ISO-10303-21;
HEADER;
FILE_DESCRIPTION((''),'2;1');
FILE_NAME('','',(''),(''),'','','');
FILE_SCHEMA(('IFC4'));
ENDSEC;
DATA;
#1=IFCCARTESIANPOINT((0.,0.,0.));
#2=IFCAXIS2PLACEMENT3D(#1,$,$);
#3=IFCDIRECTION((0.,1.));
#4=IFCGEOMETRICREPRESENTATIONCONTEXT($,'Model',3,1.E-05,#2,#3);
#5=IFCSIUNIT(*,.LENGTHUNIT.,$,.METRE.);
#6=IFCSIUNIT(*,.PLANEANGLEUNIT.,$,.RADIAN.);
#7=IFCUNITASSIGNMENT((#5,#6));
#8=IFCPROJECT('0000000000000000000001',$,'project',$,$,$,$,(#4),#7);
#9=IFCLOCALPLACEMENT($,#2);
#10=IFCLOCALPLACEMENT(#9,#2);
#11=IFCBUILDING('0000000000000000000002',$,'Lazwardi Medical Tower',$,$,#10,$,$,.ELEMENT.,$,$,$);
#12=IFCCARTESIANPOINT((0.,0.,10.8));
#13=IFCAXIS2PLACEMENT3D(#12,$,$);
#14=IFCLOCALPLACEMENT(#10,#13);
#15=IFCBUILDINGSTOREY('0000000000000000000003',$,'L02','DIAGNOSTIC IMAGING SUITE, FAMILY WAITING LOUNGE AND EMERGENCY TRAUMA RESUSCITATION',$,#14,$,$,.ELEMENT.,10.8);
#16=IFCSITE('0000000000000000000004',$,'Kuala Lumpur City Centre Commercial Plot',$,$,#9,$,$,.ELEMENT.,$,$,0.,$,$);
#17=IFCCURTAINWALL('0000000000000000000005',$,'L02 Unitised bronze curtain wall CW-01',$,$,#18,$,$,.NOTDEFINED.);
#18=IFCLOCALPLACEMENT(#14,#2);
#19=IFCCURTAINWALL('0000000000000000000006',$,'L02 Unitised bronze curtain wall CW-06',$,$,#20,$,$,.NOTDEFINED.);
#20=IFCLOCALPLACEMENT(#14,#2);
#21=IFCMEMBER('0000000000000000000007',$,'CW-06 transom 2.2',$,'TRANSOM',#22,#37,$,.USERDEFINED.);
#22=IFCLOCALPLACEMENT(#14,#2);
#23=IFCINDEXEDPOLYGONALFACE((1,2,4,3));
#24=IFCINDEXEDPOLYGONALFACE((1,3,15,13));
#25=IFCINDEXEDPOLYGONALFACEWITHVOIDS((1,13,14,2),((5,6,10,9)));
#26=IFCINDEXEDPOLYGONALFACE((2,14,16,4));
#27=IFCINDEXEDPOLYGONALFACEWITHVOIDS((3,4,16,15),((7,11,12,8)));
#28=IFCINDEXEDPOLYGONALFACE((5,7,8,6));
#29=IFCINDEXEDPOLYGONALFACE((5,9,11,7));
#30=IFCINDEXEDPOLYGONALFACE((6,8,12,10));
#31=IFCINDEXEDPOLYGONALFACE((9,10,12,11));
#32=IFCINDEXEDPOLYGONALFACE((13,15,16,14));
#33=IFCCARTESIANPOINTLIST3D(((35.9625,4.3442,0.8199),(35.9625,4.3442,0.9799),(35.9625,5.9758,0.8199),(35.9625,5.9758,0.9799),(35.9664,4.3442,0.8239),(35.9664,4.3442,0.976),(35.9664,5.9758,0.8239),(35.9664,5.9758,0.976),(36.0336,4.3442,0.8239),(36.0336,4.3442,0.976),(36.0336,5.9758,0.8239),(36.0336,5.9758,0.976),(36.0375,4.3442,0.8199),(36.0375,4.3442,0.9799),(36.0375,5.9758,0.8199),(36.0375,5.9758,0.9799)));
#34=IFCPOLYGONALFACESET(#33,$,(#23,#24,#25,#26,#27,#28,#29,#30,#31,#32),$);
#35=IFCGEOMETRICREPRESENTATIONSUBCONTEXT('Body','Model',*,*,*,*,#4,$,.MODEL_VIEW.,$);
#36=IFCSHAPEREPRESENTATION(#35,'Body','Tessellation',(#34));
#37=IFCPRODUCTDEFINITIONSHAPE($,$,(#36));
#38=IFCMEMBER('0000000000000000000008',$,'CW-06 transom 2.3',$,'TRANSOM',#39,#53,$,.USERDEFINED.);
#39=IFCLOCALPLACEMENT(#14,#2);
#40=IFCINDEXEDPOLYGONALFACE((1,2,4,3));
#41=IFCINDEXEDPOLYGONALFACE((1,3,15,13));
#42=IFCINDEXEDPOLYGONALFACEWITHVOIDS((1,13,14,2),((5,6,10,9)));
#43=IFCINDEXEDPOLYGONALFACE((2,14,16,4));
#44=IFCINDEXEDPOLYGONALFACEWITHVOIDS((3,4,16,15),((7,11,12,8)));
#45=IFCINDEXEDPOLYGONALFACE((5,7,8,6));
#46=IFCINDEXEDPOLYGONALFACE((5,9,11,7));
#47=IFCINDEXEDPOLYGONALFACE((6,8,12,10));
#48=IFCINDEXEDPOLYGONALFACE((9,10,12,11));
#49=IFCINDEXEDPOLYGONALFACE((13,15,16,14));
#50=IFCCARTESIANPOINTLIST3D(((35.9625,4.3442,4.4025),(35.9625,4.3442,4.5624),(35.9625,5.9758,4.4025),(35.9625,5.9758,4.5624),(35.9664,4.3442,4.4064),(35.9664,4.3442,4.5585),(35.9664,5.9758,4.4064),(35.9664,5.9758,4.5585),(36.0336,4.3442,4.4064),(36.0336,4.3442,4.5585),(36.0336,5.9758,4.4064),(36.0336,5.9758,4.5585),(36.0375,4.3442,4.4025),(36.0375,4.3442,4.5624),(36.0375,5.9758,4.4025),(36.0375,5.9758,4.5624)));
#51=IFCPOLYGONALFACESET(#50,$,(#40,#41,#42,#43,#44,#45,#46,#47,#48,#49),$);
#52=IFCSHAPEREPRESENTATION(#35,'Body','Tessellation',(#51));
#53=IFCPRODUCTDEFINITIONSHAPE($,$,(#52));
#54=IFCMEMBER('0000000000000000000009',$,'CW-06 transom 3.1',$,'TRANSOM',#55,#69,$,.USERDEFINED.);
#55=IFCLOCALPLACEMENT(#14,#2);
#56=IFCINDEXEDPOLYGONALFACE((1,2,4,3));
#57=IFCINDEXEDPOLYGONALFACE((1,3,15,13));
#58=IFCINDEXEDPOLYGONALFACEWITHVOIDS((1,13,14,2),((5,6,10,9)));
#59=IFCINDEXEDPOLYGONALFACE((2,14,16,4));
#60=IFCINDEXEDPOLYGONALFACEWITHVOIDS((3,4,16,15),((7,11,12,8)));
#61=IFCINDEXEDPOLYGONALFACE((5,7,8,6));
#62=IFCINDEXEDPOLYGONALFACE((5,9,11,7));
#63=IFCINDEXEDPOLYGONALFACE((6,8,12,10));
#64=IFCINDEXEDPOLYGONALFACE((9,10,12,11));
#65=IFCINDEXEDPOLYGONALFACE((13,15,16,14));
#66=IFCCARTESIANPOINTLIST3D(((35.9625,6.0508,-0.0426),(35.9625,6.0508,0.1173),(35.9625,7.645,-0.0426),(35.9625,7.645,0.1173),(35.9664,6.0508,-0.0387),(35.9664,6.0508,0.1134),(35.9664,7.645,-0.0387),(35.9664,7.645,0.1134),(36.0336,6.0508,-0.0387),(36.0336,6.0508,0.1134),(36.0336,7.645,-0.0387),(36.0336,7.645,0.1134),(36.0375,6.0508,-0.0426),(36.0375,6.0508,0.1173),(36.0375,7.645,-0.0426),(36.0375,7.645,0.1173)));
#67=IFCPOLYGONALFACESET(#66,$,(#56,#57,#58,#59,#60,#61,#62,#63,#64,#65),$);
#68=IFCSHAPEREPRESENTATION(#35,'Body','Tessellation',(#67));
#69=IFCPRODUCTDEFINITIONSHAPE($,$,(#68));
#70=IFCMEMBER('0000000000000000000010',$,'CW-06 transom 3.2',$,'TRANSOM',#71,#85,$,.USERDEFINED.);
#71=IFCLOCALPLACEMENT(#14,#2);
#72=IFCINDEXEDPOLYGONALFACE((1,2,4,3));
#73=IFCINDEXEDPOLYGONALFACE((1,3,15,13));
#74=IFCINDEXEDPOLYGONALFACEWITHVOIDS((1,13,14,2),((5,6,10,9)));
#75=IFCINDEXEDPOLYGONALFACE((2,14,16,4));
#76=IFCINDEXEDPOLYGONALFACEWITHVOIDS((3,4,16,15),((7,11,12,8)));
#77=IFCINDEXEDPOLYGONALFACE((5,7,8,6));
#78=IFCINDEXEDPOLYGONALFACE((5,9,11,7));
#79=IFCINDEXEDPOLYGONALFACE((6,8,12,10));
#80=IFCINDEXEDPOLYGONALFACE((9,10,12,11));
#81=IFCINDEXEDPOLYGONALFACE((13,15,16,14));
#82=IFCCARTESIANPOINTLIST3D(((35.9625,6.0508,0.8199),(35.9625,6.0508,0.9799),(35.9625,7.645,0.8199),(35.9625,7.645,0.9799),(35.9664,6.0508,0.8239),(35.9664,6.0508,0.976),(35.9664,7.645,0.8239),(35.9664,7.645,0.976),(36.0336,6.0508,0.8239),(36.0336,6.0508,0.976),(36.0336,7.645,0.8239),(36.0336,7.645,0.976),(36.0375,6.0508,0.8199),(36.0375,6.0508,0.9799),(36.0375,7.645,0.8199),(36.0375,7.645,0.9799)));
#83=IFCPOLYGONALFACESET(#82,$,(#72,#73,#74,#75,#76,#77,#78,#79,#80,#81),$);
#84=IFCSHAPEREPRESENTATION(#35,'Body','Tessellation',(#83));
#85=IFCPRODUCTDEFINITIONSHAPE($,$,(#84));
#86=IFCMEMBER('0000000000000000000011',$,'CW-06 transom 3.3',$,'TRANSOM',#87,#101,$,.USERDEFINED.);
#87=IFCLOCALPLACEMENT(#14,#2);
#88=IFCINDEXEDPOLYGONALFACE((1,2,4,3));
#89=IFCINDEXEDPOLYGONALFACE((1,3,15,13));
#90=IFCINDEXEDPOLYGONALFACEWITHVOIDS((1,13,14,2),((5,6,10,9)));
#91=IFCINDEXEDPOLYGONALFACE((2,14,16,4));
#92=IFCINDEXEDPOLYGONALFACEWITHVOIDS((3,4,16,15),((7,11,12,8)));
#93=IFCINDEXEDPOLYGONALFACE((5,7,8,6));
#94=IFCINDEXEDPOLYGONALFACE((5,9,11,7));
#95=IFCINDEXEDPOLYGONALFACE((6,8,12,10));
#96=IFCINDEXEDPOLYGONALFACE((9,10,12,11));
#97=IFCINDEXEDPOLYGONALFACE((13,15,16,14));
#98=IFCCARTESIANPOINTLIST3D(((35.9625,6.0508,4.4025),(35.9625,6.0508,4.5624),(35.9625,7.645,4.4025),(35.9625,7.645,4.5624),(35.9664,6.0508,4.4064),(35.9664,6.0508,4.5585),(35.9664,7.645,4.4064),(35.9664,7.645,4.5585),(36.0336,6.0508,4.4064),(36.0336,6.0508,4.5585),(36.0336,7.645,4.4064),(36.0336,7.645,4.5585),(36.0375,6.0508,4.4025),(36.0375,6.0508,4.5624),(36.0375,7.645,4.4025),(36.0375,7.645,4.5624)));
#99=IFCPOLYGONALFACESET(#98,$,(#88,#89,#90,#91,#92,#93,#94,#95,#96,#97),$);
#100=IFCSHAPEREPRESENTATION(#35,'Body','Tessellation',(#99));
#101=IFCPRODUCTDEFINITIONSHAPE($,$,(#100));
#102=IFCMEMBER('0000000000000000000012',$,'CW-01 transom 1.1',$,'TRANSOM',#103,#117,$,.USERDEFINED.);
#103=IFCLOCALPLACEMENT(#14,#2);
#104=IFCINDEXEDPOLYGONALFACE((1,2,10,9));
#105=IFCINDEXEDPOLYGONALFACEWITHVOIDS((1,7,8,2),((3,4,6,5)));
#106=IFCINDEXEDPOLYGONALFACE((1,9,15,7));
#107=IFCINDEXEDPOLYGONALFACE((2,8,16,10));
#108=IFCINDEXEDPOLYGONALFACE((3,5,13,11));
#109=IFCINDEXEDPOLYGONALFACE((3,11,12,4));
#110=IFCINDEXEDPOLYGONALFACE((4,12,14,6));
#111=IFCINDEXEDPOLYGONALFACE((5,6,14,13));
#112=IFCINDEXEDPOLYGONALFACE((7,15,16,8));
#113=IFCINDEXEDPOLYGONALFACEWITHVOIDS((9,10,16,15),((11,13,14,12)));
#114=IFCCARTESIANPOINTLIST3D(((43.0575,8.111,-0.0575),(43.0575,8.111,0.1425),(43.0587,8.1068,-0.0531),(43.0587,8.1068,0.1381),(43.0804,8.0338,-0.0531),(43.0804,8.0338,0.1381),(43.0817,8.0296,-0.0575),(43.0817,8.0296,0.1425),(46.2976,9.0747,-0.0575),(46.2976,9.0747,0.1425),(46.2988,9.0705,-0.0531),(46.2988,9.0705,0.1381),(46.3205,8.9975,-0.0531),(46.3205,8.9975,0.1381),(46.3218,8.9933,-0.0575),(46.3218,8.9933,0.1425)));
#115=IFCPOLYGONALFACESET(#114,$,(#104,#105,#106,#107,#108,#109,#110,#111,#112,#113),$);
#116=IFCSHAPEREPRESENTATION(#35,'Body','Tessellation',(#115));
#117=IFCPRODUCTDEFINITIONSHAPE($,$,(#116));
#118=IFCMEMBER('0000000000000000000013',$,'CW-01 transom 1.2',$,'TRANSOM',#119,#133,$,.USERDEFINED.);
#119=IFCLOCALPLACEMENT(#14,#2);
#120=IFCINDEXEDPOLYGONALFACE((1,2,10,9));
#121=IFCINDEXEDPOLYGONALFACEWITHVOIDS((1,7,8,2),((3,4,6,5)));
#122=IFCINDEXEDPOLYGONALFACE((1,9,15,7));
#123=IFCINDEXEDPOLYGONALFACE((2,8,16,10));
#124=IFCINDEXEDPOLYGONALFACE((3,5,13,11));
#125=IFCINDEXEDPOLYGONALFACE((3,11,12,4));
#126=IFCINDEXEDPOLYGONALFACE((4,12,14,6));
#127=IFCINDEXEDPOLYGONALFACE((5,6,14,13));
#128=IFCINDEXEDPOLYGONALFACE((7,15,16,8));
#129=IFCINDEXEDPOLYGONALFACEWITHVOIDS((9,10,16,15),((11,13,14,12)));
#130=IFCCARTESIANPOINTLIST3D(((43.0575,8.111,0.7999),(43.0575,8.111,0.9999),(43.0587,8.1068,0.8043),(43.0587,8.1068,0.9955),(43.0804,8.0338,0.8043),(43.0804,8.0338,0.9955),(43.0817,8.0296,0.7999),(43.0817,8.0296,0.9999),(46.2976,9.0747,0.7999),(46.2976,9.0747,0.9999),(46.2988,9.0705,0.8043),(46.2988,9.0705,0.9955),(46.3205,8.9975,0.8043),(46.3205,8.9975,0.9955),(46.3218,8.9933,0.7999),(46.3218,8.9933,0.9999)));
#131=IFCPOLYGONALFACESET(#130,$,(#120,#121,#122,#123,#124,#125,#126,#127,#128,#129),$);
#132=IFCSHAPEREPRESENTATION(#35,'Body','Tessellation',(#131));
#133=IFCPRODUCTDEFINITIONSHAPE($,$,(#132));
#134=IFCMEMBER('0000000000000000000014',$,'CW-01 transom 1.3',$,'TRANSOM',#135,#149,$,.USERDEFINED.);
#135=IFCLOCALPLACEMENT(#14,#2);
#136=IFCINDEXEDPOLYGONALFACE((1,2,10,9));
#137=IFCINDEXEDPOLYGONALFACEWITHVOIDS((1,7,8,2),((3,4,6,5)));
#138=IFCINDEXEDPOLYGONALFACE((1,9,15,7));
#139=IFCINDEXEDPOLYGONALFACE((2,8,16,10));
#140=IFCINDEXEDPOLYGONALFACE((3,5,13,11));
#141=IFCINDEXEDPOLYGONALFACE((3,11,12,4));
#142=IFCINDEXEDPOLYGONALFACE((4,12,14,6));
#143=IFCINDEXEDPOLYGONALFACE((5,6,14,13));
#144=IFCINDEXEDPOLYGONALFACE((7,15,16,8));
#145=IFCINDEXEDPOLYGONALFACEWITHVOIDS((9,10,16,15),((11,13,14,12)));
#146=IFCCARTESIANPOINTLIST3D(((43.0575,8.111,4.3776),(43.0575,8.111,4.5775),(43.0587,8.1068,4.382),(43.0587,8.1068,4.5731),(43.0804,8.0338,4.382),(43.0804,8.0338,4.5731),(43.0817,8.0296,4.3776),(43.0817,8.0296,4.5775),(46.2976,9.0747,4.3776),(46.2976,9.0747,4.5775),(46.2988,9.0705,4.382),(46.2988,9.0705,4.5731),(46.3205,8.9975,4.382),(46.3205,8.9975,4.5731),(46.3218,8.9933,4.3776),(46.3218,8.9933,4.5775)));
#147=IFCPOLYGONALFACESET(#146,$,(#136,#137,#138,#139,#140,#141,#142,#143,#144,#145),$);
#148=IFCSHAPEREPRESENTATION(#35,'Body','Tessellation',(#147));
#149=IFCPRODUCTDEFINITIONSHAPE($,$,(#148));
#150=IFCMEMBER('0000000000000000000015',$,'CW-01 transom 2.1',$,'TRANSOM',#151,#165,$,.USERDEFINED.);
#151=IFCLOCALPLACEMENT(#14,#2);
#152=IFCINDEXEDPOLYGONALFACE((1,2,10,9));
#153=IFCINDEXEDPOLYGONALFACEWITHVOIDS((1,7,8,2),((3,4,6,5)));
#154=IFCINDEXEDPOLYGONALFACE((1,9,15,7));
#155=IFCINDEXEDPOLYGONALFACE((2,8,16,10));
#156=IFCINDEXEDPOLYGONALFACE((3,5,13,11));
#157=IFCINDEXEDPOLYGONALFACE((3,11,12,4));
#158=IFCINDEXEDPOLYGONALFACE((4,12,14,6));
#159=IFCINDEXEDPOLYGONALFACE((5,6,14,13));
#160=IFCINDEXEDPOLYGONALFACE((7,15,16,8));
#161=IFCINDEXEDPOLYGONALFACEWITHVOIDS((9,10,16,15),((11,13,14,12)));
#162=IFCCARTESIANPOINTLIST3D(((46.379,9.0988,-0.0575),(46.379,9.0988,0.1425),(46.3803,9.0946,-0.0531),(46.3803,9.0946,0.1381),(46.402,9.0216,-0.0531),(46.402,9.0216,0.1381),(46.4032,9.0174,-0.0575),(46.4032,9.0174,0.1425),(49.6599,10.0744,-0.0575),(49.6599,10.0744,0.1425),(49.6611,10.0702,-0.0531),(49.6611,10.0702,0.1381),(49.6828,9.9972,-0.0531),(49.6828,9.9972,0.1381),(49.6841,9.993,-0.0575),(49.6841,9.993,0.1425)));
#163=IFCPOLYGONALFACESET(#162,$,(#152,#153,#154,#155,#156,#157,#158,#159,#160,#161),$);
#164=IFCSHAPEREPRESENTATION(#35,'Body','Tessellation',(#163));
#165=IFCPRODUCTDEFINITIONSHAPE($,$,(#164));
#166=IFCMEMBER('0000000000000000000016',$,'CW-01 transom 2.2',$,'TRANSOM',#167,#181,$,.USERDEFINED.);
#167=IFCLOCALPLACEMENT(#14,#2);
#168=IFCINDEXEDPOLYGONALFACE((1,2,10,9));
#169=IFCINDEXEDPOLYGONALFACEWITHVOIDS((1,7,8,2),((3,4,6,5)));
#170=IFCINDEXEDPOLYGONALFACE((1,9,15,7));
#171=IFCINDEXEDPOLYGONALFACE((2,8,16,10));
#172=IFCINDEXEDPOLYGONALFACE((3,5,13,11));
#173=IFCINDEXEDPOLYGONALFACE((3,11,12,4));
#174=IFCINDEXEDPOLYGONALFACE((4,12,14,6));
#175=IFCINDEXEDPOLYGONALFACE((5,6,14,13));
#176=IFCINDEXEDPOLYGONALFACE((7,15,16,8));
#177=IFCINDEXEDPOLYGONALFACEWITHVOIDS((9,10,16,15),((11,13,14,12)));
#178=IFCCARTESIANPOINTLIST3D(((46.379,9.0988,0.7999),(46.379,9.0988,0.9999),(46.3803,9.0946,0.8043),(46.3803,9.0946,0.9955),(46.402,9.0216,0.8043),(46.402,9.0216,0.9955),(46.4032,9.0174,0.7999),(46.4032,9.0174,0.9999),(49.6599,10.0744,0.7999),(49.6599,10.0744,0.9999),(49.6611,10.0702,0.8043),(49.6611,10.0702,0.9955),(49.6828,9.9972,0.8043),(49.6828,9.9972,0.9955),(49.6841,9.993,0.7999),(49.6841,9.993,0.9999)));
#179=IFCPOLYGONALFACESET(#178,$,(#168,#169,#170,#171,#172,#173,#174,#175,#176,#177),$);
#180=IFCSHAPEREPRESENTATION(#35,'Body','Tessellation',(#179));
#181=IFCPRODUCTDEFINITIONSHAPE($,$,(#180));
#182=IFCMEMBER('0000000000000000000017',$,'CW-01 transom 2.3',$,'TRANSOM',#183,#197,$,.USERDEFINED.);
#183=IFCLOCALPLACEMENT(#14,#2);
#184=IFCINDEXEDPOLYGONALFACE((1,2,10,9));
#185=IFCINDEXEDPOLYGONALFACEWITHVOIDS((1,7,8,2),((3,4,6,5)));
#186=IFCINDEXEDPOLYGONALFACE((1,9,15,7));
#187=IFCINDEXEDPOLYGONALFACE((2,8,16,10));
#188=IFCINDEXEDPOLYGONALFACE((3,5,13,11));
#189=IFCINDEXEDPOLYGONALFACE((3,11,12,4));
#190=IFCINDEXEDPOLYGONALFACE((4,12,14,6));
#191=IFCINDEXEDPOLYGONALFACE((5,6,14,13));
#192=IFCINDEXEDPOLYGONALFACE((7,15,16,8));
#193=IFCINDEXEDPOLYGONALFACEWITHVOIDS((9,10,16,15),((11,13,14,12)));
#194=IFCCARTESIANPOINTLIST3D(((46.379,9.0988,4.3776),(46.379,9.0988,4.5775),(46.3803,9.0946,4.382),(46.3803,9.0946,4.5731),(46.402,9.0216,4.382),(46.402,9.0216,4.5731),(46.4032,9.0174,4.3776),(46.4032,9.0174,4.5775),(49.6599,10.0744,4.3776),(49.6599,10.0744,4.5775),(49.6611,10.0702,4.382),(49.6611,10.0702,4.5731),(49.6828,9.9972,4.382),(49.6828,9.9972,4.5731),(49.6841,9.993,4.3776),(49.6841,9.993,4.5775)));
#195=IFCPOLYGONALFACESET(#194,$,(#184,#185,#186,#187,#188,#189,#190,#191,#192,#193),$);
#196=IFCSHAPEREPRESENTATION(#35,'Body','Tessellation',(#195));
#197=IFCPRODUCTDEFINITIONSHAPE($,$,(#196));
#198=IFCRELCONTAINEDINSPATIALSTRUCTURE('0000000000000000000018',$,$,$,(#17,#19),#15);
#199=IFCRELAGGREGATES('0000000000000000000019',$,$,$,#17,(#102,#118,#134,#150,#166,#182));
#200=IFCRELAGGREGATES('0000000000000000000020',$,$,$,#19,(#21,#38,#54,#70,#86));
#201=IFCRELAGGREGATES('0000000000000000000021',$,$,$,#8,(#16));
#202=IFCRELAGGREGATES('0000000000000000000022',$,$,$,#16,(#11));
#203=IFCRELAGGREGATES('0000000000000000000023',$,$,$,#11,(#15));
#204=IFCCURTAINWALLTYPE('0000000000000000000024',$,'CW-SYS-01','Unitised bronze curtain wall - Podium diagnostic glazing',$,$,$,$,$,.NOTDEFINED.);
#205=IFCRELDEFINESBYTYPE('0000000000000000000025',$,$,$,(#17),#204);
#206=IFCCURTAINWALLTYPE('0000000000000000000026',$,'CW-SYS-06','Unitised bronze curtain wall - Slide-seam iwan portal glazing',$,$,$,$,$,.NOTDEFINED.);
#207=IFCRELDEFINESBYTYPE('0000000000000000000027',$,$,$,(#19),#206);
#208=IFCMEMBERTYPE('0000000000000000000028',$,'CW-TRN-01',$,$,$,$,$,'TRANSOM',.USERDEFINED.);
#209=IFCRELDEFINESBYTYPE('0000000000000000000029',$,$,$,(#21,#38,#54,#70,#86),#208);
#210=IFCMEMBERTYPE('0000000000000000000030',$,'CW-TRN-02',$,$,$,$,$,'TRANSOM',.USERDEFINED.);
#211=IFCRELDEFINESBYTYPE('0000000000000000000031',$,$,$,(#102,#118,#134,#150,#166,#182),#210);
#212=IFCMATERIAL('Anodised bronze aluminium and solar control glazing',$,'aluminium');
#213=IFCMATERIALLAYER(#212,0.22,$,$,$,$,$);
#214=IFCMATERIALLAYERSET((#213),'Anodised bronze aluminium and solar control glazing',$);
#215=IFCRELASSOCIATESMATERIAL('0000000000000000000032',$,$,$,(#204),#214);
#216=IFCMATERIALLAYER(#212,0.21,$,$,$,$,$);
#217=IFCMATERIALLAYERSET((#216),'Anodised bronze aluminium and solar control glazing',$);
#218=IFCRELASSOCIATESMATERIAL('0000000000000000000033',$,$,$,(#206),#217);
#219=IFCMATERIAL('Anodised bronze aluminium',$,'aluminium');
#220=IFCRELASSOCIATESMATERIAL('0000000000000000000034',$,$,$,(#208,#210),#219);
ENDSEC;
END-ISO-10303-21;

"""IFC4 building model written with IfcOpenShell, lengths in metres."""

from ifc_helpers import new_model, si_unit, direction, frame, origin, origin_2d, place, context, subcontext, project, spatial, hollow_rectangle, extrude, material, layer, layer_set, material_profile, profile_set, type_object, element, aggregate, save


model = new_model("IFC4")

# Units and contexts
model_context = context("Model", 3, precision=1e-05, world=origin(), true_north=direction((0.0, 1.0)))
body_context = subcontext(model_context, "Body", "Model", "MODEL_VIEW")
ifc_project = project(units=[si_unit("LENGTHUNIT", "METRE"), si_unit("PLANEANGLEUNIT", "RADIAN")], contexts=[model_context])

# Site, building, storey
site_placement = place(None, origin())
site = spatial("IfcSite", under=ifc_project, at=site_placement, Name="Kuala Lumpur City Centre Commercial Plot", CompositionType="ELEMENT", RefElevation=0.0)
building_placement = place(site_placement, origin())
building = spatial("IfcBuilding", under=site, at=building_placement, Name="Lazwardi Medical Tower", CompositionType="ELEMENT")
storey_placement = place(building_placement, frame((0.0, 0.0, 10.8)))
storey = spatial("IfcBuildingStorey", under=building, at=storey_placement, Name="L02", Description="DIAGNOSTIC IMAGING SUITE, FAMILY WAITING LOUNGE AND EMERGENCY TRAUMA RESUSCITATION", CompositionType="ELEMENT", Elevation=10.8)

# Curtain walls, members
ifc_material_1 = material(Name="Anodised bronze aluminium and solar control glazing", Category="aluminium")
ifc_layer_1 = layer(ifc_material_1, 0.22)
ifc_layer_set_1 = layer_set([ifc_layer_1], Name="Anodised bronze aluminium and solar control glazing")
curtain_wall_type_1 = type_object("IfcCurtainWallType", Name="CW-SYS-01", Description="Unitised bronze curtain wall - Podium diagnostic glazing", PredefinedType="NOTDEFINED", material=ifc_layer_set_1)
curtain_wall_1_placement = place(storey_placement, origin())
curtain_wall_1 = element("IfcCurtainWall", 1, at=curtain_wall_1_placement, inside=storey, type_object=curtain_wall_type_1, Name="L02 Unitised bronze curtain wall CW-01", PredefinedType="NOTDEFINED")
ifc_material_2 = material(Name="Anodised bronze aluminium", Category="aluminium")
ifc_layer_2 = layer(ifc_material_1, 0.21)
ifc_layer_set_2 = layer_set([ifc_layer_2], Name="Anodised bronze aluminium and solar control glazing")
curtain_wall_type_2 = type_object("IfcCurtainWallType", Name="CW-SYS-06", Description="Unitised bronze curtain wall - Slide-seam iwan portal glazing", PredefinedType="NOTDEFINED", material=ifc_layer_set_2)
curtain_wall_2_placement = place(storey_placement, origin())
curtain_wall_2 = element("IfcCurtainWall", 2, at=curtain_wall_2_placement, inside=storey, type_object=curtain_wall_type_2, Name="L02 Unitised bronze curtain wall CW-06", PredefinedType="NOTDEFINED")
ifc_material_profile_1 = material_profile(ifc_material_2, hollow_rectangle(XDim=0.075, YDim=0.1599, WallThickness=0.0039, at=origin_2d()), Name="ALU-TRANSOM 160x75x4")
ifc_profile_set_1 = profile_set([ifc_material_profile_1], Name="Anodised bronze aluminium")
member_type_1 = type_object("IfcMemberType", Name="CW-TRN-01", ElementType="TRANSOM", PredefinedType="USERDEFINED", material=ifc_profile_set_1)
member_1_placement = place(storey_placement, frame((36.0, 4.3442, 0.8999), z_axis=(0.0, 1.0, 0.0), x_axis=(-1.0, 0.0, 0.0)))
member_1 = element("IfcMember", 3, at=member_1_placement, type_object=member_type_1, Name="CW-06 transom 2.2", ObjectType="TRANSOM", PredefinedType="USERDEFINED", context=body_context, shape_type="SweptSolid", body=[
    extrude(hollow_rectangle(XDim=0.075, YDim=0.1599, WallThickness=0.0039, at=origin_2d()), origin(), (0.0, 0.0, 1.0), 1.6316),
])
member_2_placement = place(storey_placement, frame((36.0, 4.3442, 4.4824), z_axis=(0.0, 1.0, 0.0), x_axis=(-1.0, 0.0, 0.0)))
member_2 = element("IfcMember", 4, at=member_2_placement, type_object=member_type_1, Name="CW-06 transom 2.3", ObjectType="TRANSOM", PredefinedType="USERDEFINED", context=body_context, shape_type="SweptSolid", body=[
    extrude(hollow_rectangle(XDim=0.075, YDim=0.1599, WallThickness=0.0039, at=origin_2d()), origin(), (0.0, 0.0, 1.0), 1.6316),
])
member_3_placement = place(storey_placement, frame((36.0, 6.0508, 0.0374), z_axis=(0.0, 1.0, 0.0), x_axis=(-1.0, 0.0, 0.0)))
member_3 = element("IfcMember", 5, at=member_3_placement, type_object=member_type_1, Name="CW-06 transom 3.1", ObjectType="TRANSOM", PredefinedType="USERDEFINED", context=body_context, shape_type="SweptSolid", body=[
    extrude(hollow_rectangle(XDim=0.075, YDim=0.1599, WallThickness=0.0039, at=origin_2d()), origin(), (0.0, 0.0, 1.0), 1.5942),
])
member_4_placement = place(storey_placement, frame((36.0, 6.0508, 0.8999), z_axis=(0.0, 1.0, 0.0), x_axis=(-1.0, 0.0, 0.0)))
member_4 = element("IfcMember", 6, at=member_4_placement, type_object=member_type_1, Name="CW-06 transom 3.2", ObjectType="TRANSOM", PredefinedType="USERDEFINED", context=body_context, shape_type="SweptSolid", body=[
    extrude(hollow_rectangle(XDim=0.075, YDim=0.1599, WallThickness=0.0039, at=origin_2d()), origin(), (0.0, 0.0, 1.0), 1.5942),
])
member_5_placement = place(storey_placement, frame((36.0, 6.0508, 4.4824), z_axis=(0.0, 1.0, 0.0), x_axis=(-1.0, 0.0, 0.0)))
member_5 = element("IfcMember", 7, at=member_5_placement, type_object=member_type_1, Name="CW-06 transom 3.3", ObjectType="TRANSOM", PredefinedType="USERDEFINED", context=body_context, shape_type="SweptSolid", body=[
    extrude(hollow_rectangle(XDim=0.075, YDim=0.1599, WallThickness=0.0039, at=origin_2d()), origin(), (0.0, 0.0, 1.0), 1.5942),
])

# Members
ifc_material_profile_2 = material_profile(ifc_material_2, hollow_rectangle(XDim=0.085, YDim=0.2, WallThickness=0.0044, at=origin_2d()), Name="ALU-TRANSOM 200x85x4.5")
ifc_profile_set_2 = profile_set([ifc_material_profile_2], Name="Anodised bronze aluminium")
member_type_2 = type_object("IfcMemberType", Name="CW-TRN-02", ElementType="TRANSOM", PredefinedType="USERDEFINED", material=ifc_profile_set_2)
member_6_placement = place(storey_placement, frame((43.0696, 8.0703, 0.0425), z_axis=(0.958505, 0.285074, 0.0), x_axis=(-0.285074, 0.958505, 0.0)))
member_6 = element("IfcMember", 8, at=member_6_placement, type_object=member_type_2, Name="CW-01 transom 1.1", ObjectType="TRANSOM", PredefinedType="USERDEFINED", context=body_context, shape_type="SweptSolid", body=[
    extrude(hollow_rectangle(XDim=0.085, YDim=0.2, WallThickness=0.0044, at=origin_2d()), origin(), (0.0, 0.0, 1.0), 3.3804),
])
member_7_placement = place(storey_placement, frame((43.0696, 8.0703, 0.8999), z_axis=(0.958505, 0.285074, 0.0), x_axis=(-0.285074, 0.958505, 0.0)))
member_7 = element("IfcMember", 9, at=member_7_placement, type_object=member_type_2, Name="CW-01 transom 1.2", ObjectType="TRANSOM", PredefinedType="USERDEFINED", context=body_context, shape_type="SweptSolid", body=[
    extrude(hollow_rectangle(XDim=0.085, YDim=0.2, WallThickness=0.0044, at=origin_2d()), origin(), (0.0, 0.0, 1.0), 3.3804),
])
member_8_placement = place(storey_placement, frame((43.0696, 8.0703, 4.4775), z_axis=(0.958505, 0.285074, 0.0), x_axis=(-0.285074, 0.958505, 0.0)))
member_8 = element("IfcMember", 10, at=member_8_placement, type_object=member_type_2, Name="CW-01 transom 1.3", ObjectType="TRANSOM", PredefinedType="USERDEFINED", context=body_context, shape_type="SweptSolid", body=[
    extrude(hollow_rectangle(XDim=0.085, YDim=0.2, WallThickness=0.0044, at=origin_2d()), origin(), (0.0, 0.0, 1.0), 3.3804),
])
member_9_placement = place(storey_placement, frame((46.3911, 9.0581, 0.0425), z_axis=(0.958518, 0.28503, 0.0), x_axis=(-0.28503, 0.958518, 0.0)))
member_9 = element("IfcMember", 11, at=member_9_placement, type_object=member_type_2, Name="CW-01 transom 2.1", ObjectType="TRANSOM", PredefinedType="USERDEFINED", context=body_context, shape_type="SweptSolid", body=[
    extrude(hollow_rectangle(XDim=0.085, YDim=0.2, WallThickness=0.0044, at=origin_2d()), origin(), (0.0, 0.0, 1.0), 3.4229),
])
member_10_placement = place(storey_placement, frame((46.3911, 9.0581, 0.8999), z_axis=(0.958518, 0.28503, 0.0), x_axis=(-0.28503, 0.958518, 0.0)))
member_10 = element("IfcMember", 12, at=member_10_placement, type_object=member_type_2, Name="CW-01 transom 2.2", ObjectType="TRANSOM", PredefinedType="USERDEFINED", context=body_context, shape_type="SweptSolid", body=[
    extrude(hollow_rectangle(XDim=0.085, YDim=0.2, WallThickness=0.0044, at=origin_2d()), origin(), (0.0, 0.0, 1.0), 3.4229),
])
member_11_placement = place(storey_placement, frame((46.3911, 9.0581, 4.4775), z_axis=(0.958518, 0.28503, 0.0), x_axis=(-0.28503, 0.958518, 0.0)))
member_11 = element("IfcMember", 13, at=member_11_placement, type_object=member_type_2, Name="CW-01 transom 2.3", ObjectType="TRANSOM", PredefinedType="USERDEFINED", context=body_context, shape_type="SweptSolid", body=[
    extrude(hollow_rectangle(XDim=0.085, YDim=0.2, WallThickness=0.0044, at=origin_2d()), origin(), (0.0, 0.0, 1.0), 3.4229),
])

aggregate(curtain_wall_1, [member_6, member_7, member_8, member_9, member_10, member_11])
aggregate(curtain_wall_2, [member_1, member_2, member_3, member_4, member_5])

save(model, "model.ifc")
